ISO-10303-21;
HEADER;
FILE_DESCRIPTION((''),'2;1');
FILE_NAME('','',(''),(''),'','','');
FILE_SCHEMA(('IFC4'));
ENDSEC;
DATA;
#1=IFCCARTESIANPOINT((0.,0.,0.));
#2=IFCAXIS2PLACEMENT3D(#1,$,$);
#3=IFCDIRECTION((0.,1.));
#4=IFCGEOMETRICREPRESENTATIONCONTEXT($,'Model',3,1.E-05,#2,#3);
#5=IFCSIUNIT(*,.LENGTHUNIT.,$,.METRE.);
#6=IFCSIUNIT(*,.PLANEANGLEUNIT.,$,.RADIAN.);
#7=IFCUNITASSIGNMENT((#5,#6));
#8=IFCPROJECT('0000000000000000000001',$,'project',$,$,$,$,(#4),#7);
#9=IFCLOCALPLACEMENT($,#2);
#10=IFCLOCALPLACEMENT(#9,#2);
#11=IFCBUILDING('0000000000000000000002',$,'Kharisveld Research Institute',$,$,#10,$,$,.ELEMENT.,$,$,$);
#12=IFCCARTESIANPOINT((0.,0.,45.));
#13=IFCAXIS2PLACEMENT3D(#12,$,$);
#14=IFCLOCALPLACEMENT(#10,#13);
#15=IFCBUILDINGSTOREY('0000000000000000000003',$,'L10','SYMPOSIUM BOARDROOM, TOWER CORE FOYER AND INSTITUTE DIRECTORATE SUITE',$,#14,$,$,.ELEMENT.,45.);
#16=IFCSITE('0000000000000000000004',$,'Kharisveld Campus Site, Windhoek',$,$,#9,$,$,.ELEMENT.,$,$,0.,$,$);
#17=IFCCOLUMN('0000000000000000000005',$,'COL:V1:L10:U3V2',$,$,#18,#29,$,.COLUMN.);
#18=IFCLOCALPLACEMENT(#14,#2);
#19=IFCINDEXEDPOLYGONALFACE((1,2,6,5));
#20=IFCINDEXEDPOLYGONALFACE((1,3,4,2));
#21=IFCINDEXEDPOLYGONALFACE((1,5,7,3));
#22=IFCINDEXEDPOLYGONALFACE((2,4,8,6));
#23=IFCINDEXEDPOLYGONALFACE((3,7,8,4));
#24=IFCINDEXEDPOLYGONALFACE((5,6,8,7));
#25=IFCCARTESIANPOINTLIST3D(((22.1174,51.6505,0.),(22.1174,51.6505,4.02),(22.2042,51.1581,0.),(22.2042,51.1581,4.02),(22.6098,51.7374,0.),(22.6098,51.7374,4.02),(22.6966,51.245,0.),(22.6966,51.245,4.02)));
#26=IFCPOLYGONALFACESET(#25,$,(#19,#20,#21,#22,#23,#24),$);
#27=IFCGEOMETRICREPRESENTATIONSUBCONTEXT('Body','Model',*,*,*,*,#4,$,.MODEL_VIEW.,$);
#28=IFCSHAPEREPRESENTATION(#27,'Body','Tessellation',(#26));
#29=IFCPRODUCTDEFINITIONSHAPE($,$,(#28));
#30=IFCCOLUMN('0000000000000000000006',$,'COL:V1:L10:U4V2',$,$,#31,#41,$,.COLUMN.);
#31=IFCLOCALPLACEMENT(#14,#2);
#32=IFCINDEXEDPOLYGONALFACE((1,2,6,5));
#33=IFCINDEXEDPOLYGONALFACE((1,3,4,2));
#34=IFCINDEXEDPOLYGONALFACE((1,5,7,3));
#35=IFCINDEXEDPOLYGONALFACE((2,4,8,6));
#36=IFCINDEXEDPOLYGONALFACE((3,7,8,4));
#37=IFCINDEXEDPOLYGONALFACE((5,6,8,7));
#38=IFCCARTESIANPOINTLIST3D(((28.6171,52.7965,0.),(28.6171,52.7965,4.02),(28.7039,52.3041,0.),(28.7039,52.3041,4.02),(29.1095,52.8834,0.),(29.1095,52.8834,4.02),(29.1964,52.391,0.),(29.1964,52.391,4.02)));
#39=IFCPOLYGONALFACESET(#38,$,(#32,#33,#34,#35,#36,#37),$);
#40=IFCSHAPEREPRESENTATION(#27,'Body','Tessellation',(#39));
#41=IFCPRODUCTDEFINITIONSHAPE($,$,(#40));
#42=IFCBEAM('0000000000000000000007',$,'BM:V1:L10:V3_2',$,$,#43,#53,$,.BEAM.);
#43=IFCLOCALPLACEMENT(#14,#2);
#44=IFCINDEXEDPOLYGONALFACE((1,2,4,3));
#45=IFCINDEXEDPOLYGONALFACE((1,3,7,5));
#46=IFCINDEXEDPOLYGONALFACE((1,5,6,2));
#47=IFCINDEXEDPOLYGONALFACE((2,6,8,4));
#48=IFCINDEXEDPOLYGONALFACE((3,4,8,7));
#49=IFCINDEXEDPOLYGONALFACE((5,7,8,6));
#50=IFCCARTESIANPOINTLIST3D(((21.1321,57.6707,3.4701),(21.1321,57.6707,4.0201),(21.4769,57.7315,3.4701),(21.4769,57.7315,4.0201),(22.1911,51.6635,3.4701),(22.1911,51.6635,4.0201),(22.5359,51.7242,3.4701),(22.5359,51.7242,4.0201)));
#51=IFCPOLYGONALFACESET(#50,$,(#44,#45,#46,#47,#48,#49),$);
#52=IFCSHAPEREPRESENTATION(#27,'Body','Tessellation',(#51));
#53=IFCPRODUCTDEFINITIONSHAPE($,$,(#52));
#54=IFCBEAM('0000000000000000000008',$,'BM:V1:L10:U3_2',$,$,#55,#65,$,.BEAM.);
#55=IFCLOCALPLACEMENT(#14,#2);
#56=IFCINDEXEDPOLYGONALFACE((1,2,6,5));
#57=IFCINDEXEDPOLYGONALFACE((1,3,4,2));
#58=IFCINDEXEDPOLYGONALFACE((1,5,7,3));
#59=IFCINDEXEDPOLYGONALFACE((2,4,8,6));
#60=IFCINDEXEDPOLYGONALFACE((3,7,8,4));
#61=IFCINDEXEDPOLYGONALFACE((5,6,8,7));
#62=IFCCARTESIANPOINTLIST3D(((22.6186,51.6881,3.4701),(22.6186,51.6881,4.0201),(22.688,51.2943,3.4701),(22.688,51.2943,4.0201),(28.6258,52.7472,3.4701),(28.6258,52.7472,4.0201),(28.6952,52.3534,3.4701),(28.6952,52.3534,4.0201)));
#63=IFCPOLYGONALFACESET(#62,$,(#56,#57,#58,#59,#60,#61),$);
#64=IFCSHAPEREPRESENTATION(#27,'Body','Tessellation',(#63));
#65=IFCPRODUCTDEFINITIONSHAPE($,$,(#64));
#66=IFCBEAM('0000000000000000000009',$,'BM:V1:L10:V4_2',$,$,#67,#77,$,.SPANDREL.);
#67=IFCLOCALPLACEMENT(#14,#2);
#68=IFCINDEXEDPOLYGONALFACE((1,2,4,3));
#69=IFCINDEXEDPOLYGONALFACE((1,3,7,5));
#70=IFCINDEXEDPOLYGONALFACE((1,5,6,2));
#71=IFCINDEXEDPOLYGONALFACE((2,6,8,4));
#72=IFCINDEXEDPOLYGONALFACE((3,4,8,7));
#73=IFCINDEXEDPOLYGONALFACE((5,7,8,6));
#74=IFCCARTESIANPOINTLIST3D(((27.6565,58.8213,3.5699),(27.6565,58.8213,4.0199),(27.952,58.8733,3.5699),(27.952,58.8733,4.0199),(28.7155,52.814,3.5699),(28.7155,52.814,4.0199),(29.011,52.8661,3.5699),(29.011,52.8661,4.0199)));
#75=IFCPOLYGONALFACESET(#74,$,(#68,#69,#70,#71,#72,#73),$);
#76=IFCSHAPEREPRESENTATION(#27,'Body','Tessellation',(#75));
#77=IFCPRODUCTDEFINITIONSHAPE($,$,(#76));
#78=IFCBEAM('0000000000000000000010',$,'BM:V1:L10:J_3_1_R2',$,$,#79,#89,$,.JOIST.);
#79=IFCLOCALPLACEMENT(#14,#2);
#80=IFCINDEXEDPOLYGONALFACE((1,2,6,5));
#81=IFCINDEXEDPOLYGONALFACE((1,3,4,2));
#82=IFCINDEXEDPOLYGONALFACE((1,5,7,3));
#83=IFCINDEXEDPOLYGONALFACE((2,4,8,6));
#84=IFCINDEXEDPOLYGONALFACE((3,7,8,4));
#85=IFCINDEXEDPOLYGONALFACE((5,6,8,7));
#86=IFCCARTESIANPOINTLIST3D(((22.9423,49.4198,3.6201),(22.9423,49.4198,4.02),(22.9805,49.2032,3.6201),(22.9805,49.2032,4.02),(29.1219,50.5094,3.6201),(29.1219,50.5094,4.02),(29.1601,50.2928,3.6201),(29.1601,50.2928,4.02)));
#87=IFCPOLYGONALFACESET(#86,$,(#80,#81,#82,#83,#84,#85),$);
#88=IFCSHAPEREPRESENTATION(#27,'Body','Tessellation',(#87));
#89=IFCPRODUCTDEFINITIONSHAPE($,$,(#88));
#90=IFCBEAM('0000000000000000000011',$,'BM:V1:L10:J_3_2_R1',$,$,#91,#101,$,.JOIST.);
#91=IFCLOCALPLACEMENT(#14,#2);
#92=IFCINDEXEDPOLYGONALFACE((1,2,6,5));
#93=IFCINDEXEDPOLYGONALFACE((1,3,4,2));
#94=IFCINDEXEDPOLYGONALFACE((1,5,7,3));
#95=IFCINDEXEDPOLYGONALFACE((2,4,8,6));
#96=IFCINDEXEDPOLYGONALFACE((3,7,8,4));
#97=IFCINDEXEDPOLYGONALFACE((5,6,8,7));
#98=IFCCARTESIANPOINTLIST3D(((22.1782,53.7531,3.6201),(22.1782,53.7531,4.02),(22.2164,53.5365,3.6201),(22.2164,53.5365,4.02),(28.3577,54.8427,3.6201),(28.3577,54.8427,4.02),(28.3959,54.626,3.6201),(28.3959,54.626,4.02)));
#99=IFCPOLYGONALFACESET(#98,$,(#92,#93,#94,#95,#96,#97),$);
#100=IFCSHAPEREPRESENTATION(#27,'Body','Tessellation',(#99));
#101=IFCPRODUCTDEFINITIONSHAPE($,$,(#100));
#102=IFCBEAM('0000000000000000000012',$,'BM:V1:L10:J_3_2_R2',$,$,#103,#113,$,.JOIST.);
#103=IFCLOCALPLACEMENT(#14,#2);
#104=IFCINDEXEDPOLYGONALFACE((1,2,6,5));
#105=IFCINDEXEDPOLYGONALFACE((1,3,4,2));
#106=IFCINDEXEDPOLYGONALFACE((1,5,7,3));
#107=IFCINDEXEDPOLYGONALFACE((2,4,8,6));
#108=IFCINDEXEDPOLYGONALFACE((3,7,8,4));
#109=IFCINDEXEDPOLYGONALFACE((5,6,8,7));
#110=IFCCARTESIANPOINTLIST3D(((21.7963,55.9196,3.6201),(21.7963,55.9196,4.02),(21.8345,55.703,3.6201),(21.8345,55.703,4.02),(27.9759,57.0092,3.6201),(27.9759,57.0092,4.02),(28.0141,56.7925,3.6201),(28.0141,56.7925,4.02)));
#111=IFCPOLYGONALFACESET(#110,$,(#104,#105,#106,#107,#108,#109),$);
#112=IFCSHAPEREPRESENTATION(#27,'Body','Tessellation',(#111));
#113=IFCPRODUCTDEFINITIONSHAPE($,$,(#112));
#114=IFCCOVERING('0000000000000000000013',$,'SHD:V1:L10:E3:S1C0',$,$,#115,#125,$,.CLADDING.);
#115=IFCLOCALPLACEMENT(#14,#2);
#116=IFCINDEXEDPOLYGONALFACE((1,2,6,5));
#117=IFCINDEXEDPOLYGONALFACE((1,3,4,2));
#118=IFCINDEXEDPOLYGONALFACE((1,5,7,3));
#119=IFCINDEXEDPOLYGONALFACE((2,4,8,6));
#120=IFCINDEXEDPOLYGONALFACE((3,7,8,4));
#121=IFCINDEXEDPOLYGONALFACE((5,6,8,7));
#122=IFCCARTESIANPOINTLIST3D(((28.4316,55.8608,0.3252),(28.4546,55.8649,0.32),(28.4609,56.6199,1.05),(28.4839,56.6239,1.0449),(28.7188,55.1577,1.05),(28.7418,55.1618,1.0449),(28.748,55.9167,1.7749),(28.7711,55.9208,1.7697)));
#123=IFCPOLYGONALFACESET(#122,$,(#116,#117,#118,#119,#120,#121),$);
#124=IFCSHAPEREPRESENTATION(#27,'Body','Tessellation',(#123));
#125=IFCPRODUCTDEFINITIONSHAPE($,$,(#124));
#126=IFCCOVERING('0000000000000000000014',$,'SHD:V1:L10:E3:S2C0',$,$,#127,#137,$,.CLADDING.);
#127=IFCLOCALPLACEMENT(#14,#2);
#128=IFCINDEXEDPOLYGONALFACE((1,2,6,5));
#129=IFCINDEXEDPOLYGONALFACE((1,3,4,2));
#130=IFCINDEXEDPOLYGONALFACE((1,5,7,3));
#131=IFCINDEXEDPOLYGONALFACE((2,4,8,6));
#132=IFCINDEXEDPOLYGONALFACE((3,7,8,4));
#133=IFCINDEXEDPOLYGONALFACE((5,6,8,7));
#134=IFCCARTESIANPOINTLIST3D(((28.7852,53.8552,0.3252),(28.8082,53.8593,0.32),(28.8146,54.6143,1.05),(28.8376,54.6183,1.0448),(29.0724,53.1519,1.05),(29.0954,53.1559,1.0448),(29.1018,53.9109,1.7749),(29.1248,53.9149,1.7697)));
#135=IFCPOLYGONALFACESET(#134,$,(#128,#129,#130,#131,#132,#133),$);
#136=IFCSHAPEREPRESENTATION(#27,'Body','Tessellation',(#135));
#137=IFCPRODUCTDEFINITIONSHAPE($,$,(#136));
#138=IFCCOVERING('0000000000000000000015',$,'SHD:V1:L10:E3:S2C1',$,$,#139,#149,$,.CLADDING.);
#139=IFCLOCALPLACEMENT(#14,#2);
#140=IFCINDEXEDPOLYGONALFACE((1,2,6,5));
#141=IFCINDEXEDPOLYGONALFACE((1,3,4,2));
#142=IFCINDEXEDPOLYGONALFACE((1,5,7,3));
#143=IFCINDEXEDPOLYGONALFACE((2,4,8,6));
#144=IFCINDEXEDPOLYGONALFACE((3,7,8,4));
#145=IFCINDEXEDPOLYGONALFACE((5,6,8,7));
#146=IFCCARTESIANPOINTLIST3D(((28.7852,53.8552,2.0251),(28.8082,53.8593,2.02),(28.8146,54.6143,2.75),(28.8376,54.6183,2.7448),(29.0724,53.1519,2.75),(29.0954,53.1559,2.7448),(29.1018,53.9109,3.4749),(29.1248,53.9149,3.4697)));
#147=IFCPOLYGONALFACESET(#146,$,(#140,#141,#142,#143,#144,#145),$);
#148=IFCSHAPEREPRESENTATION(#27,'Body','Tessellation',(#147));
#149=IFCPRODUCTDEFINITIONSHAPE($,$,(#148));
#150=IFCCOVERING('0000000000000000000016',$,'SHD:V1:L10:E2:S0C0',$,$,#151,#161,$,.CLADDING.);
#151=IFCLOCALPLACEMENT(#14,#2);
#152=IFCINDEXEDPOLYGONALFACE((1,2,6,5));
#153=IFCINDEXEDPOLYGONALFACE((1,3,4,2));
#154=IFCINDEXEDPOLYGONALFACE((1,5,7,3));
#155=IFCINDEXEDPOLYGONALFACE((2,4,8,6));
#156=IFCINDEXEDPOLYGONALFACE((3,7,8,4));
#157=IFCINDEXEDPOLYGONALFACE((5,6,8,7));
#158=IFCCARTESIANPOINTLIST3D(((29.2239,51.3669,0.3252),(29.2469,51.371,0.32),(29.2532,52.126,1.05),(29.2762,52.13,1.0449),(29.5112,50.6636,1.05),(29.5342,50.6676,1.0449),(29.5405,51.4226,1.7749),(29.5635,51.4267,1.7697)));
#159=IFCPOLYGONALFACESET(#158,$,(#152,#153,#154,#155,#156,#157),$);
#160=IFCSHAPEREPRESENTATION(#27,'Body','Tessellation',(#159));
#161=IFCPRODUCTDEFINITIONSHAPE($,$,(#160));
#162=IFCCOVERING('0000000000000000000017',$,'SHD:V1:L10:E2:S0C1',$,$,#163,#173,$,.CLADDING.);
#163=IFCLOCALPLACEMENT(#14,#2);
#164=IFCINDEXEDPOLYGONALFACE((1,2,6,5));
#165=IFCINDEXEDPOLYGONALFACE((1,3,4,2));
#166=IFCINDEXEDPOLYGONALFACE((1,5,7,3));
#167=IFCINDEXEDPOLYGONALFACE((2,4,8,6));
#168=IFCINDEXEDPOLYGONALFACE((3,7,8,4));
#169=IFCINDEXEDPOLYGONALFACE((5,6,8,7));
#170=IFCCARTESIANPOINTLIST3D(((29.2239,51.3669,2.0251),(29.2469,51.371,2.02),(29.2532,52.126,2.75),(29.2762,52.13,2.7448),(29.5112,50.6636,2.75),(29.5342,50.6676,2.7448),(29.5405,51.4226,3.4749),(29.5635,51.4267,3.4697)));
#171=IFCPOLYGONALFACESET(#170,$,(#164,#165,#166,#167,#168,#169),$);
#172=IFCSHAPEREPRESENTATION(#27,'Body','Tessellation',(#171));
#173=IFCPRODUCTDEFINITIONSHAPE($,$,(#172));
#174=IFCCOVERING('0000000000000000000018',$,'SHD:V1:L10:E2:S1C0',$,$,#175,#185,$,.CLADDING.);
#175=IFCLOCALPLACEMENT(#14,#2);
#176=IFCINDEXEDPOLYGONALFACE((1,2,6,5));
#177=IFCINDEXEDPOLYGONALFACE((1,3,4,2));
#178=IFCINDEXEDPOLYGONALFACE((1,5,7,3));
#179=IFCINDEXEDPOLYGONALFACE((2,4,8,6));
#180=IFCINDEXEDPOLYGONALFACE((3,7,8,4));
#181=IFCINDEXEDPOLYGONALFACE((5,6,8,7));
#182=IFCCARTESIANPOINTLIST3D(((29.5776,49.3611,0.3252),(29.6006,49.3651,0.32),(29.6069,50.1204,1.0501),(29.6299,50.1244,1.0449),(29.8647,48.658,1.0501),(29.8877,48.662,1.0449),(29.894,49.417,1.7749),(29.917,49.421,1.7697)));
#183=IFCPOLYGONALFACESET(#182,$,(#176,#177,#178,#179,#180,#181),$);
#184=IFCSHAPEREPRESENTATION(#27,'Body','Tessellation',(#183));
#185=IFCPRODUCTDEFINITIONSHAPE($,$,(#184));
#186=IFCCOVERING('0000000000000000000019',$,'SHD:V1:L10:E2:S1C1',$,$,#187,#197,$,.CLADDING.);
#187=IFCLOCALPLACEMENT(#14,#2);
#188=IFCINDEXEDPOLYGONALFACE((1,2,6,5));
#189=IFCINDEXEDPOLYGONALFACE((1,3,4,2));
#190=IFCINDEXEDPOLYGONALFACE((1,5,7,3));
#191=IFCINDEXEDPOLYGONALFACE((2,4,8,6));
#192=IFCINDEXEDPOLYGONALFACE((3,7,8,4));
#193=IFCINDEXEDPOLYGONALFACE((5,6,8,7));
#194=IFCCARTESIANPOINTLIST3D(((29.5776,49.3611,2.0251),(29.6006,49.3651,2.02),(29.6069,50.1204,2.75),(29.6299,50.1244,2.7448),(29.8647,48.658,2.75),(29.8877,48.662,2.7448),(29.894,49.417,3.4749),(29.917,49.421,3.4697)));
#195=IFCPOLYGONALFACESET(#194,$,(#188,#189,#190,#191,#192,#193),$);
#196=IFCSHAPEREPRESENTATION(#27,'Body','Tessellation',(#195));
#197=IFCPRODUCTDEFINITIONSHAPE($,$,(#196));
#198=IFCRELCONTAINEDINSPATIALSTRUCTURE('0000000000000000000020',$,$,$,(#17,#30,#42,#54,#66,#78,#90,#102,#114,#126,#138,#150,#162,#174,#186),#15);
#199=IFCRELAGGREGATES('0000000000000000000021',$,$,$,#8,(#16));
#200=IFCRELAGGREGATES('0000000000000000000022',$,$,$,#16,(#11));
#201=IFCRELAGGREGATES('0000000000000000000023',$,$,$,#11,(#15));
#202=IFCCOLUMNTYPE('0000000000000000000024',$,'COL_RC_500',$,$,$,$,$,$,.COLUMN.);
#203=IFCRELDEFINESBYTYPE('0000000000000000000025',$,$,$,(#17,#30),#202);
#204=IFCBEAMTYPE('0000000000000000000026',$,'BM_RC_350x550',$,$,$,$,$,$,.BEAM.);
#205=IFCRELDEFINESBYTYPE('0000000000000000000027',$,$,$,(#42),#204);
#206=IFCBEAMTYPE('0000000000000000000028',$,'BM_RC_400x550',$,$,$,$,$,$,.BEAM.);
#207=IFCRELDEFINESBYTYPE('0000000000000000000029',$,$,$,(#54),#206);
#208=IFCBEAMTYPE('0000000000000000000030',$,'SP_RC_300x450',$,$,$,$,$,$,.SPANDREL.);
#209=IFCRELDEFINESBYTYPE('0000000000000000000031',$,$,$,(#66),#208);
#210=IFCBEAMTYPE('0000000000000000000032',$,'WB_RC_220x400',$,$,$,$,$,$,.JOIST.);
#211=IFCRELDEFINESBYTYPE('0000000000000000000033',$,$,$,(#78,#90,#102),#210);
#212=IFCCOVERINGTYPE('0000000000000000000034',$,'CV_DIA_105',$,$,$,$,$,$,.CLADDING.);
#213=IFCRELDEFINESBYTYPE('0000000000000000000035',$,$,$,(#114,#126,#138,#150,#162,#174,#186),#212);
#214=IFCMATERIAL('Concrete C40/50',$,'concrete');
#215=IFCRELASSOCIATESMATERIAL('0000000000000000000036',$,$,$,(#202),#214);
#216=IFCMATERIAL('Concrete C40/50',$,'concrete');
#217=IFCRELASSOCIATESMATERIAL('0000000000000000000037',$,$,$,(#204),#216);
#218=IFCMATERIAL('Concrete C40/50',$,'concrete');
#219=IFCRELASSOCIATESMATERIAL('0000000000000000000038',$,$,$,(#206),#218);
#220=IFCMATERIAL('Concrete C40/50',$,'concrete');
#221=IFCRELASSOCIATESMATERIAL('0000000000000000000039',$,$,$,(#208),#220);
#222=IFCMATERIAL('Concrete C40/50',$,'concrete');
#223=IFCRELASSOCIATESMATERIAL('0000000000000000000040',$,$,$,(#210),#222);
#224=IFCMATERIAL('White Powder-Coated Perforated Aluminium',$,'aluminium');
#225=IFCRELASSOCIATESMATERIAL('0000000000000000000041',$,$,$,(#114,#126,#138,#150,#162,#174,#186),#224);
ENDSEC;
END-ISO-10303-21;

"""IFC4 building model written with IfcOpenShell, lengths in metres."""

from ifc_helpers import new_model, si_unit, direction, frame, origin, origin_2d, place, context, subcontext, project, spatial, polyline, rectangle, outline, extrude, material, material_profile, profile_set, type_object, element, save


model = new_model("IFC4")

# Units and contexts
model_context = context("Model", 3, precision=1e-05, world=origin(), true_north=direction((0.0, 1.0)))
body_context = subcontext(model_context, "Body", "Model", "MODEL_VIEW")
ifc_project = project(units=[si_unit("LENGTHUNIT", "METRE"), si_unit("PLANEANGLEUNIT", "RADIAN")], contexts=[model_context])

# Site, building, storey
site_placement = place(None, origin())
site = spatial("IfcSite", under=ifc_project, at=site_placement, Name="Kharisveld Campus Site, Windhoek", CompositionType="ELEMENT", RefElevation=0.0)
building_placement = place(site_placement, origin())
building = spatial("IfcBuilding", under=site, at=building_placement, Name="Kharisveld Research Institute", CompositionType="ELEMENT")
storey_placement = place(building_placement, frame((0.0, 0.0, 45.0)))
storey = spatial("IfcBuildingStorey", under=building, at=storey_placement, Name="L10", Description="SYMPOSIUM BOARDROOM, TOWER CORE FOYER AND INSTITUTE DIRECTORATE SUITE", CompositionType="ELEMENT", Elevation=45.0)

# Columns
ifc_material_1 = material(Name="Concrete C40/50", Category="concrete")
ifc_material_profile_1 = material_profile(ifc_material_1, rectangle(XDim=0.5, YDim=0.5, at=origin_2d()))
ifc_profile_set_1 = profile_set([ifc_material_profile_1], Name="Concrete C40/50")
column_type = type_object("IfcColumnType", Name="COL_RC_500", PredefinedType="COLUMN", material=ifc_profile_set_1)
for number, where, z_axis, x_axis, name in (
    (1, (22.407, 51.4478, 0.0), (0.0, 0.0, 1.0), (0.984808, 0.173648, 0.0), "COL:V1:L10:U3V2"),
    (2, (28.9067, 52.5938, 0.0), (0.0, 0.0, 1.0), (0.984808, 0.173648, 0.0), "COL:V1:L10:U4V2"),
):
    element("IfcColumn", number, at=place(storey_placement, frame(where, z_axis=z_axis, x_axis=x_axis)), inside=storey, type_object=column_type, Name=name, PredefinedType="COLUMN", context=body_context, shape_type="SweptSolid", body=[
        extrude(rectangle(XDim=0.5, YDim=0.5, at=origin_2d()), origin(), (0.0, 0.0, 1.0), 4.02),
    ])

# Beams
ifc_material_2 = material(Name="Concrete C40/50", Category="concrete")
ifc_material_profile_2 = material_profile(ifc_material_2, rectangle(XDim=0.3501, YDim=0.55, at=origin_2d()))
ifc_profile_set_2 = profile_set([ifc_material_profile_2], Name="Concrete C40/50")
beam_type_1 = type_object("IfcBeamType", Name="BM_RC_350x550", PredefinedType="BEAM", material=ifc_profile_set_2)
beam_1_placement = place(storey_placement, frame((22.3635, 51.6938, 3.7451), z_axis=(-0.173621, 0.984813, 0.0), x_axis=(-0.984813, -0.173621, 0.0)))
element("IfcBeam", 3, at=beam_1_placement, inside=storey, type_object=beam_type_1, Name="BM:V1:L10:V3_2", PredefinedType="BEAM", context=body_context, shape_type="SweptSolid", body=[
    extrude(rectangle(XDim=0.3501, YDim=0.55, at=origin_2d()), origin(), (0.0, 0.0, 1.0), 6.0999),
])
ifc_material_3 = material(Name="Concrete C40/50", Category="concrete")
ifc_material_profile_3 = material_profile(ifc_material_3, rectangle(XDim=0.3999, YDim=0.55, at=origin_2d()))
ifc_profile_set_3 = profile_set([ifc_material_profile_3], Name="Concrete C40/50")
beam_type_2 = type_object("IfcBeamType", Name="BM_RC_400x550", PredefinedType="BEAM", material=ifc_profile_set_3)
beam_2_placement = place(storey_placement, frame((22.6533, 51.4912, 3.7451), z_axis=(0.984813, 0.173621, 0.0), x_axis=(-0.173621, 0.984813, 0.0)))
element("IfcBeam", 4, at=beam_2_placement, inside=storey, type_object=beam_type_2, Name="BM:V1:L10:U3_2", PredefinedType="BEAM", context=body_context, shape_type="SweptSolid", body=[
    extrude(rectangle(XDim=0.3999, YDim=0.55, at=origin_2d()), origin(), (0.0, 0.0, 1.0), 6.0999),
])
ifc_material_4 = material(Name="Concrete C40/50", Category="concrete")
ifc_material_profile_4 = material_profile(ifc_material_4, rectangle(XDim=0.3, YDim=0.45, at=origin_2d()))
ifc_profile_set_4 = profile_set([ifc_material_profile_4], Name="Concrete C40/50")
beam_type_3 = type_object("IfcBeamType", Name="SP_RC_300x450", PredefinedType="SPANDREL", material=ifc_profile_set_4)
beam_3_placement = place(storey_placement, frame((28.8633, 52.8401, 3.7949), z_axis=(-0.173621, 0.984813, 0.0), x_axis=(-0.984813, -0.173621, 0.0)))
element("IfcBeam", 5, at=beam_3_placement, inside=storey, type_object=beam_type_3, Name="BM:V1:L10:V4_2", PredefinedType="SPANDREL", context=body_context, shape_type="SweptSolid", body=[
    extrude(rectangle(XDim=0.3, YDim=0.45, at=origin_2d()), origin(), (0.0, 0.0, 1.0), 6.0999),
])
ifc_material_5 = material(Name="Concrete C40/50", Category="concrete")
ifc_material_profile_5 = material_profile(ifc_material_5, rectangle(XDim=0.22, YDim=0.3999, at=origin_2d()))
ifc_profile_set_5 = profile_set([ifc_material_profile_5], Name="Concrete C40/50")
beam_type_4 = type_object("IfcBeamType", Name="WB_RC_220x400", PredefinedType="JOIST", material=ifc_profile_set_5)
for number, where, z_axis, x_axis, name in (
    (6, (22.9614, 49.3115, 3.8201), (0.984809, 0.173641, 0.0), (-0.173641, 0.984809, 0.0), "BM:V1:L10:J_3_1_R2"),
    (7, (22.1973, 53.6448, 3.8201), (0.984809, 0.173641, 0.0), (-0.173641, 0.984809, 0.0), "BM:V1:L10:J_3_2_R1"),
    (8, (21.8154, 55.8113, 3.8201), (0.984809, 0.173641, 0.0), (-0.173641, 0.984809, 0.0), "BM:V1:L10:J_3_2_R2"),
):
    element("IfcBeam", number, at=place(storey_placement, frame(where, z_axis=z_axis, x_axis=x_axis)), inside=storey, type_object=beam_type_4, Name=name, PredefinedType="JOIST", context=body_context, shape_type="SweptSolid", body=[
        extrude(rectangle(XDim=0.22, YDim=0.3999, at=origin_2d()), origin(), (0.0, 0.0, 1.0), 6.2749),
    ])

# Coverings
ifc_material_6 = material(Name="White Powder-Coated Perforated Aluminium", Category="aluminium")
covering_type = type_object("IfcCoveringType", Name="CV_DIA_105", PredefinedType="CLADDING")
covering_placement = place(storey_placement, frame((28.4316, 55.8608, 0.3252), z_axis=(-0.961476, -0.169531, 0.216385), x_axis=(0.273471, -0.669725, 0.690421)))
element("IfcCovering", 9, at=covering_placement, inside=storey, type_object=covering_type, material=ifc_material_6, Name="SHD:V1:L10:E3:S1C0", PredefinedType="CLADDING", context=body_context, shape_type="SweptSolid", body=[
    extrude(outline(polyline([(0.0, 0.0), (1.0499, 0.0), (1.05, 1.05), (0.0001, 1.05), (0.0, 0.0)])), origin(), (0.0, 0.0, -1.0), 0.0239),
])
for number, where, z_axis, x_axis, name in (
    (10, (28.7852, 53.8552, 0.3252), (-0.961453, -0.169498, 0.216512), (0.273536, -0.669834, 0.69029), "SHD:V1:L10:E3:S2C0"),
    (11, (28.7852, 53.8552, 2.0251), (-0.961453, -0.169498, 0.216512), (0.273536, -0.669834, 0.69029), "SHD:V1:L10:E3:S2C1"),
):
    element("IfcCovering", number, at=place(storey_placement, frame(where, z_axis=z_axis, x_axis=x_axis)), inside=storey, type_object=covering_type, material=ifc_material_6, Name=name, PredefinedType="CLADDING", context=body_context, shape_type="SweptSolid", body=[
        extrude(outline(polyline([(0.0, 0.0), (1.05, 0.0), (1.05, 1.05), (-0.0001, 1.05), (0.0, 0.0)])), origin(), (0.0, 0.0, -1.0), 0.0239),
    ])
for number, where, z_axis, x_axis, name in (
    (12, (29.2239, 51.3669, 0.3252), (-0.961426, -0.169654, 0.216512), (0.273644, -0.669811, 0.69027), "SHD:V1:L10:E2:S0C0"),
    (13, (29.2239, 51.3669, 2.0251), (-0.961426, -0.169654, 0.216512), (0.273644, -0.669811, 0.69027), "SHD:V1:L10:E2:S0C1"),
):
    element("IfcCovering", number, at=place(storey_placement, frame(where, z_axis=z_axis, x_axis=x_axis)), inside=storey, type_object=covering_type, material=ifc_material_6, Name=name, PredefinedType="CLADDING", context=body_context, shape_type="SweptSolid", body=[
        extrude(outline(polyline([(0.0, 0.0), (1.0501, 0.0), (1.0501, 1.05), (0.0, 1.05), (0.0, 0.0)])), origin(), (0.0, 0.0, -1.0), 0.0239),
    ])
for number, where, z_axis, x_axis, name in (
    (14, (29.5776, 49.3611, 0.3252), (-0.961481, -0.169503, 0.216385), (0.273452, -0.669728, 0.690426), "SHD:V1:L10:E2:S1C0"),
    (15, (29.5776, 49.3611, 2.0251), (-0.961481, -0.169503, 0.216385), (0.273452, -0.669728, 0.690426), "SHD:V1:L10:E2:S1C1"),
):
    element("IfcCovering", number, at=place(storey_placement, frame(where, z_axis=z_axis, x_axis=x_axis)), inside=storey, type_object=covering_type, material=ifc_material_6, Name=name, PredefinedType="CLADDING", context=body_context, shape_type="SweptSolid", body=[
        extrude(outline(polyline([(0.0, 0.0), (1.0499, 0.0), (1.05, 1.05), (0.0, 1.0501), (0.0, 0.0)])), origin(), (0.0, 0.0, -1.0), 0.0239),
    ])

save(model, "model.ifc")
